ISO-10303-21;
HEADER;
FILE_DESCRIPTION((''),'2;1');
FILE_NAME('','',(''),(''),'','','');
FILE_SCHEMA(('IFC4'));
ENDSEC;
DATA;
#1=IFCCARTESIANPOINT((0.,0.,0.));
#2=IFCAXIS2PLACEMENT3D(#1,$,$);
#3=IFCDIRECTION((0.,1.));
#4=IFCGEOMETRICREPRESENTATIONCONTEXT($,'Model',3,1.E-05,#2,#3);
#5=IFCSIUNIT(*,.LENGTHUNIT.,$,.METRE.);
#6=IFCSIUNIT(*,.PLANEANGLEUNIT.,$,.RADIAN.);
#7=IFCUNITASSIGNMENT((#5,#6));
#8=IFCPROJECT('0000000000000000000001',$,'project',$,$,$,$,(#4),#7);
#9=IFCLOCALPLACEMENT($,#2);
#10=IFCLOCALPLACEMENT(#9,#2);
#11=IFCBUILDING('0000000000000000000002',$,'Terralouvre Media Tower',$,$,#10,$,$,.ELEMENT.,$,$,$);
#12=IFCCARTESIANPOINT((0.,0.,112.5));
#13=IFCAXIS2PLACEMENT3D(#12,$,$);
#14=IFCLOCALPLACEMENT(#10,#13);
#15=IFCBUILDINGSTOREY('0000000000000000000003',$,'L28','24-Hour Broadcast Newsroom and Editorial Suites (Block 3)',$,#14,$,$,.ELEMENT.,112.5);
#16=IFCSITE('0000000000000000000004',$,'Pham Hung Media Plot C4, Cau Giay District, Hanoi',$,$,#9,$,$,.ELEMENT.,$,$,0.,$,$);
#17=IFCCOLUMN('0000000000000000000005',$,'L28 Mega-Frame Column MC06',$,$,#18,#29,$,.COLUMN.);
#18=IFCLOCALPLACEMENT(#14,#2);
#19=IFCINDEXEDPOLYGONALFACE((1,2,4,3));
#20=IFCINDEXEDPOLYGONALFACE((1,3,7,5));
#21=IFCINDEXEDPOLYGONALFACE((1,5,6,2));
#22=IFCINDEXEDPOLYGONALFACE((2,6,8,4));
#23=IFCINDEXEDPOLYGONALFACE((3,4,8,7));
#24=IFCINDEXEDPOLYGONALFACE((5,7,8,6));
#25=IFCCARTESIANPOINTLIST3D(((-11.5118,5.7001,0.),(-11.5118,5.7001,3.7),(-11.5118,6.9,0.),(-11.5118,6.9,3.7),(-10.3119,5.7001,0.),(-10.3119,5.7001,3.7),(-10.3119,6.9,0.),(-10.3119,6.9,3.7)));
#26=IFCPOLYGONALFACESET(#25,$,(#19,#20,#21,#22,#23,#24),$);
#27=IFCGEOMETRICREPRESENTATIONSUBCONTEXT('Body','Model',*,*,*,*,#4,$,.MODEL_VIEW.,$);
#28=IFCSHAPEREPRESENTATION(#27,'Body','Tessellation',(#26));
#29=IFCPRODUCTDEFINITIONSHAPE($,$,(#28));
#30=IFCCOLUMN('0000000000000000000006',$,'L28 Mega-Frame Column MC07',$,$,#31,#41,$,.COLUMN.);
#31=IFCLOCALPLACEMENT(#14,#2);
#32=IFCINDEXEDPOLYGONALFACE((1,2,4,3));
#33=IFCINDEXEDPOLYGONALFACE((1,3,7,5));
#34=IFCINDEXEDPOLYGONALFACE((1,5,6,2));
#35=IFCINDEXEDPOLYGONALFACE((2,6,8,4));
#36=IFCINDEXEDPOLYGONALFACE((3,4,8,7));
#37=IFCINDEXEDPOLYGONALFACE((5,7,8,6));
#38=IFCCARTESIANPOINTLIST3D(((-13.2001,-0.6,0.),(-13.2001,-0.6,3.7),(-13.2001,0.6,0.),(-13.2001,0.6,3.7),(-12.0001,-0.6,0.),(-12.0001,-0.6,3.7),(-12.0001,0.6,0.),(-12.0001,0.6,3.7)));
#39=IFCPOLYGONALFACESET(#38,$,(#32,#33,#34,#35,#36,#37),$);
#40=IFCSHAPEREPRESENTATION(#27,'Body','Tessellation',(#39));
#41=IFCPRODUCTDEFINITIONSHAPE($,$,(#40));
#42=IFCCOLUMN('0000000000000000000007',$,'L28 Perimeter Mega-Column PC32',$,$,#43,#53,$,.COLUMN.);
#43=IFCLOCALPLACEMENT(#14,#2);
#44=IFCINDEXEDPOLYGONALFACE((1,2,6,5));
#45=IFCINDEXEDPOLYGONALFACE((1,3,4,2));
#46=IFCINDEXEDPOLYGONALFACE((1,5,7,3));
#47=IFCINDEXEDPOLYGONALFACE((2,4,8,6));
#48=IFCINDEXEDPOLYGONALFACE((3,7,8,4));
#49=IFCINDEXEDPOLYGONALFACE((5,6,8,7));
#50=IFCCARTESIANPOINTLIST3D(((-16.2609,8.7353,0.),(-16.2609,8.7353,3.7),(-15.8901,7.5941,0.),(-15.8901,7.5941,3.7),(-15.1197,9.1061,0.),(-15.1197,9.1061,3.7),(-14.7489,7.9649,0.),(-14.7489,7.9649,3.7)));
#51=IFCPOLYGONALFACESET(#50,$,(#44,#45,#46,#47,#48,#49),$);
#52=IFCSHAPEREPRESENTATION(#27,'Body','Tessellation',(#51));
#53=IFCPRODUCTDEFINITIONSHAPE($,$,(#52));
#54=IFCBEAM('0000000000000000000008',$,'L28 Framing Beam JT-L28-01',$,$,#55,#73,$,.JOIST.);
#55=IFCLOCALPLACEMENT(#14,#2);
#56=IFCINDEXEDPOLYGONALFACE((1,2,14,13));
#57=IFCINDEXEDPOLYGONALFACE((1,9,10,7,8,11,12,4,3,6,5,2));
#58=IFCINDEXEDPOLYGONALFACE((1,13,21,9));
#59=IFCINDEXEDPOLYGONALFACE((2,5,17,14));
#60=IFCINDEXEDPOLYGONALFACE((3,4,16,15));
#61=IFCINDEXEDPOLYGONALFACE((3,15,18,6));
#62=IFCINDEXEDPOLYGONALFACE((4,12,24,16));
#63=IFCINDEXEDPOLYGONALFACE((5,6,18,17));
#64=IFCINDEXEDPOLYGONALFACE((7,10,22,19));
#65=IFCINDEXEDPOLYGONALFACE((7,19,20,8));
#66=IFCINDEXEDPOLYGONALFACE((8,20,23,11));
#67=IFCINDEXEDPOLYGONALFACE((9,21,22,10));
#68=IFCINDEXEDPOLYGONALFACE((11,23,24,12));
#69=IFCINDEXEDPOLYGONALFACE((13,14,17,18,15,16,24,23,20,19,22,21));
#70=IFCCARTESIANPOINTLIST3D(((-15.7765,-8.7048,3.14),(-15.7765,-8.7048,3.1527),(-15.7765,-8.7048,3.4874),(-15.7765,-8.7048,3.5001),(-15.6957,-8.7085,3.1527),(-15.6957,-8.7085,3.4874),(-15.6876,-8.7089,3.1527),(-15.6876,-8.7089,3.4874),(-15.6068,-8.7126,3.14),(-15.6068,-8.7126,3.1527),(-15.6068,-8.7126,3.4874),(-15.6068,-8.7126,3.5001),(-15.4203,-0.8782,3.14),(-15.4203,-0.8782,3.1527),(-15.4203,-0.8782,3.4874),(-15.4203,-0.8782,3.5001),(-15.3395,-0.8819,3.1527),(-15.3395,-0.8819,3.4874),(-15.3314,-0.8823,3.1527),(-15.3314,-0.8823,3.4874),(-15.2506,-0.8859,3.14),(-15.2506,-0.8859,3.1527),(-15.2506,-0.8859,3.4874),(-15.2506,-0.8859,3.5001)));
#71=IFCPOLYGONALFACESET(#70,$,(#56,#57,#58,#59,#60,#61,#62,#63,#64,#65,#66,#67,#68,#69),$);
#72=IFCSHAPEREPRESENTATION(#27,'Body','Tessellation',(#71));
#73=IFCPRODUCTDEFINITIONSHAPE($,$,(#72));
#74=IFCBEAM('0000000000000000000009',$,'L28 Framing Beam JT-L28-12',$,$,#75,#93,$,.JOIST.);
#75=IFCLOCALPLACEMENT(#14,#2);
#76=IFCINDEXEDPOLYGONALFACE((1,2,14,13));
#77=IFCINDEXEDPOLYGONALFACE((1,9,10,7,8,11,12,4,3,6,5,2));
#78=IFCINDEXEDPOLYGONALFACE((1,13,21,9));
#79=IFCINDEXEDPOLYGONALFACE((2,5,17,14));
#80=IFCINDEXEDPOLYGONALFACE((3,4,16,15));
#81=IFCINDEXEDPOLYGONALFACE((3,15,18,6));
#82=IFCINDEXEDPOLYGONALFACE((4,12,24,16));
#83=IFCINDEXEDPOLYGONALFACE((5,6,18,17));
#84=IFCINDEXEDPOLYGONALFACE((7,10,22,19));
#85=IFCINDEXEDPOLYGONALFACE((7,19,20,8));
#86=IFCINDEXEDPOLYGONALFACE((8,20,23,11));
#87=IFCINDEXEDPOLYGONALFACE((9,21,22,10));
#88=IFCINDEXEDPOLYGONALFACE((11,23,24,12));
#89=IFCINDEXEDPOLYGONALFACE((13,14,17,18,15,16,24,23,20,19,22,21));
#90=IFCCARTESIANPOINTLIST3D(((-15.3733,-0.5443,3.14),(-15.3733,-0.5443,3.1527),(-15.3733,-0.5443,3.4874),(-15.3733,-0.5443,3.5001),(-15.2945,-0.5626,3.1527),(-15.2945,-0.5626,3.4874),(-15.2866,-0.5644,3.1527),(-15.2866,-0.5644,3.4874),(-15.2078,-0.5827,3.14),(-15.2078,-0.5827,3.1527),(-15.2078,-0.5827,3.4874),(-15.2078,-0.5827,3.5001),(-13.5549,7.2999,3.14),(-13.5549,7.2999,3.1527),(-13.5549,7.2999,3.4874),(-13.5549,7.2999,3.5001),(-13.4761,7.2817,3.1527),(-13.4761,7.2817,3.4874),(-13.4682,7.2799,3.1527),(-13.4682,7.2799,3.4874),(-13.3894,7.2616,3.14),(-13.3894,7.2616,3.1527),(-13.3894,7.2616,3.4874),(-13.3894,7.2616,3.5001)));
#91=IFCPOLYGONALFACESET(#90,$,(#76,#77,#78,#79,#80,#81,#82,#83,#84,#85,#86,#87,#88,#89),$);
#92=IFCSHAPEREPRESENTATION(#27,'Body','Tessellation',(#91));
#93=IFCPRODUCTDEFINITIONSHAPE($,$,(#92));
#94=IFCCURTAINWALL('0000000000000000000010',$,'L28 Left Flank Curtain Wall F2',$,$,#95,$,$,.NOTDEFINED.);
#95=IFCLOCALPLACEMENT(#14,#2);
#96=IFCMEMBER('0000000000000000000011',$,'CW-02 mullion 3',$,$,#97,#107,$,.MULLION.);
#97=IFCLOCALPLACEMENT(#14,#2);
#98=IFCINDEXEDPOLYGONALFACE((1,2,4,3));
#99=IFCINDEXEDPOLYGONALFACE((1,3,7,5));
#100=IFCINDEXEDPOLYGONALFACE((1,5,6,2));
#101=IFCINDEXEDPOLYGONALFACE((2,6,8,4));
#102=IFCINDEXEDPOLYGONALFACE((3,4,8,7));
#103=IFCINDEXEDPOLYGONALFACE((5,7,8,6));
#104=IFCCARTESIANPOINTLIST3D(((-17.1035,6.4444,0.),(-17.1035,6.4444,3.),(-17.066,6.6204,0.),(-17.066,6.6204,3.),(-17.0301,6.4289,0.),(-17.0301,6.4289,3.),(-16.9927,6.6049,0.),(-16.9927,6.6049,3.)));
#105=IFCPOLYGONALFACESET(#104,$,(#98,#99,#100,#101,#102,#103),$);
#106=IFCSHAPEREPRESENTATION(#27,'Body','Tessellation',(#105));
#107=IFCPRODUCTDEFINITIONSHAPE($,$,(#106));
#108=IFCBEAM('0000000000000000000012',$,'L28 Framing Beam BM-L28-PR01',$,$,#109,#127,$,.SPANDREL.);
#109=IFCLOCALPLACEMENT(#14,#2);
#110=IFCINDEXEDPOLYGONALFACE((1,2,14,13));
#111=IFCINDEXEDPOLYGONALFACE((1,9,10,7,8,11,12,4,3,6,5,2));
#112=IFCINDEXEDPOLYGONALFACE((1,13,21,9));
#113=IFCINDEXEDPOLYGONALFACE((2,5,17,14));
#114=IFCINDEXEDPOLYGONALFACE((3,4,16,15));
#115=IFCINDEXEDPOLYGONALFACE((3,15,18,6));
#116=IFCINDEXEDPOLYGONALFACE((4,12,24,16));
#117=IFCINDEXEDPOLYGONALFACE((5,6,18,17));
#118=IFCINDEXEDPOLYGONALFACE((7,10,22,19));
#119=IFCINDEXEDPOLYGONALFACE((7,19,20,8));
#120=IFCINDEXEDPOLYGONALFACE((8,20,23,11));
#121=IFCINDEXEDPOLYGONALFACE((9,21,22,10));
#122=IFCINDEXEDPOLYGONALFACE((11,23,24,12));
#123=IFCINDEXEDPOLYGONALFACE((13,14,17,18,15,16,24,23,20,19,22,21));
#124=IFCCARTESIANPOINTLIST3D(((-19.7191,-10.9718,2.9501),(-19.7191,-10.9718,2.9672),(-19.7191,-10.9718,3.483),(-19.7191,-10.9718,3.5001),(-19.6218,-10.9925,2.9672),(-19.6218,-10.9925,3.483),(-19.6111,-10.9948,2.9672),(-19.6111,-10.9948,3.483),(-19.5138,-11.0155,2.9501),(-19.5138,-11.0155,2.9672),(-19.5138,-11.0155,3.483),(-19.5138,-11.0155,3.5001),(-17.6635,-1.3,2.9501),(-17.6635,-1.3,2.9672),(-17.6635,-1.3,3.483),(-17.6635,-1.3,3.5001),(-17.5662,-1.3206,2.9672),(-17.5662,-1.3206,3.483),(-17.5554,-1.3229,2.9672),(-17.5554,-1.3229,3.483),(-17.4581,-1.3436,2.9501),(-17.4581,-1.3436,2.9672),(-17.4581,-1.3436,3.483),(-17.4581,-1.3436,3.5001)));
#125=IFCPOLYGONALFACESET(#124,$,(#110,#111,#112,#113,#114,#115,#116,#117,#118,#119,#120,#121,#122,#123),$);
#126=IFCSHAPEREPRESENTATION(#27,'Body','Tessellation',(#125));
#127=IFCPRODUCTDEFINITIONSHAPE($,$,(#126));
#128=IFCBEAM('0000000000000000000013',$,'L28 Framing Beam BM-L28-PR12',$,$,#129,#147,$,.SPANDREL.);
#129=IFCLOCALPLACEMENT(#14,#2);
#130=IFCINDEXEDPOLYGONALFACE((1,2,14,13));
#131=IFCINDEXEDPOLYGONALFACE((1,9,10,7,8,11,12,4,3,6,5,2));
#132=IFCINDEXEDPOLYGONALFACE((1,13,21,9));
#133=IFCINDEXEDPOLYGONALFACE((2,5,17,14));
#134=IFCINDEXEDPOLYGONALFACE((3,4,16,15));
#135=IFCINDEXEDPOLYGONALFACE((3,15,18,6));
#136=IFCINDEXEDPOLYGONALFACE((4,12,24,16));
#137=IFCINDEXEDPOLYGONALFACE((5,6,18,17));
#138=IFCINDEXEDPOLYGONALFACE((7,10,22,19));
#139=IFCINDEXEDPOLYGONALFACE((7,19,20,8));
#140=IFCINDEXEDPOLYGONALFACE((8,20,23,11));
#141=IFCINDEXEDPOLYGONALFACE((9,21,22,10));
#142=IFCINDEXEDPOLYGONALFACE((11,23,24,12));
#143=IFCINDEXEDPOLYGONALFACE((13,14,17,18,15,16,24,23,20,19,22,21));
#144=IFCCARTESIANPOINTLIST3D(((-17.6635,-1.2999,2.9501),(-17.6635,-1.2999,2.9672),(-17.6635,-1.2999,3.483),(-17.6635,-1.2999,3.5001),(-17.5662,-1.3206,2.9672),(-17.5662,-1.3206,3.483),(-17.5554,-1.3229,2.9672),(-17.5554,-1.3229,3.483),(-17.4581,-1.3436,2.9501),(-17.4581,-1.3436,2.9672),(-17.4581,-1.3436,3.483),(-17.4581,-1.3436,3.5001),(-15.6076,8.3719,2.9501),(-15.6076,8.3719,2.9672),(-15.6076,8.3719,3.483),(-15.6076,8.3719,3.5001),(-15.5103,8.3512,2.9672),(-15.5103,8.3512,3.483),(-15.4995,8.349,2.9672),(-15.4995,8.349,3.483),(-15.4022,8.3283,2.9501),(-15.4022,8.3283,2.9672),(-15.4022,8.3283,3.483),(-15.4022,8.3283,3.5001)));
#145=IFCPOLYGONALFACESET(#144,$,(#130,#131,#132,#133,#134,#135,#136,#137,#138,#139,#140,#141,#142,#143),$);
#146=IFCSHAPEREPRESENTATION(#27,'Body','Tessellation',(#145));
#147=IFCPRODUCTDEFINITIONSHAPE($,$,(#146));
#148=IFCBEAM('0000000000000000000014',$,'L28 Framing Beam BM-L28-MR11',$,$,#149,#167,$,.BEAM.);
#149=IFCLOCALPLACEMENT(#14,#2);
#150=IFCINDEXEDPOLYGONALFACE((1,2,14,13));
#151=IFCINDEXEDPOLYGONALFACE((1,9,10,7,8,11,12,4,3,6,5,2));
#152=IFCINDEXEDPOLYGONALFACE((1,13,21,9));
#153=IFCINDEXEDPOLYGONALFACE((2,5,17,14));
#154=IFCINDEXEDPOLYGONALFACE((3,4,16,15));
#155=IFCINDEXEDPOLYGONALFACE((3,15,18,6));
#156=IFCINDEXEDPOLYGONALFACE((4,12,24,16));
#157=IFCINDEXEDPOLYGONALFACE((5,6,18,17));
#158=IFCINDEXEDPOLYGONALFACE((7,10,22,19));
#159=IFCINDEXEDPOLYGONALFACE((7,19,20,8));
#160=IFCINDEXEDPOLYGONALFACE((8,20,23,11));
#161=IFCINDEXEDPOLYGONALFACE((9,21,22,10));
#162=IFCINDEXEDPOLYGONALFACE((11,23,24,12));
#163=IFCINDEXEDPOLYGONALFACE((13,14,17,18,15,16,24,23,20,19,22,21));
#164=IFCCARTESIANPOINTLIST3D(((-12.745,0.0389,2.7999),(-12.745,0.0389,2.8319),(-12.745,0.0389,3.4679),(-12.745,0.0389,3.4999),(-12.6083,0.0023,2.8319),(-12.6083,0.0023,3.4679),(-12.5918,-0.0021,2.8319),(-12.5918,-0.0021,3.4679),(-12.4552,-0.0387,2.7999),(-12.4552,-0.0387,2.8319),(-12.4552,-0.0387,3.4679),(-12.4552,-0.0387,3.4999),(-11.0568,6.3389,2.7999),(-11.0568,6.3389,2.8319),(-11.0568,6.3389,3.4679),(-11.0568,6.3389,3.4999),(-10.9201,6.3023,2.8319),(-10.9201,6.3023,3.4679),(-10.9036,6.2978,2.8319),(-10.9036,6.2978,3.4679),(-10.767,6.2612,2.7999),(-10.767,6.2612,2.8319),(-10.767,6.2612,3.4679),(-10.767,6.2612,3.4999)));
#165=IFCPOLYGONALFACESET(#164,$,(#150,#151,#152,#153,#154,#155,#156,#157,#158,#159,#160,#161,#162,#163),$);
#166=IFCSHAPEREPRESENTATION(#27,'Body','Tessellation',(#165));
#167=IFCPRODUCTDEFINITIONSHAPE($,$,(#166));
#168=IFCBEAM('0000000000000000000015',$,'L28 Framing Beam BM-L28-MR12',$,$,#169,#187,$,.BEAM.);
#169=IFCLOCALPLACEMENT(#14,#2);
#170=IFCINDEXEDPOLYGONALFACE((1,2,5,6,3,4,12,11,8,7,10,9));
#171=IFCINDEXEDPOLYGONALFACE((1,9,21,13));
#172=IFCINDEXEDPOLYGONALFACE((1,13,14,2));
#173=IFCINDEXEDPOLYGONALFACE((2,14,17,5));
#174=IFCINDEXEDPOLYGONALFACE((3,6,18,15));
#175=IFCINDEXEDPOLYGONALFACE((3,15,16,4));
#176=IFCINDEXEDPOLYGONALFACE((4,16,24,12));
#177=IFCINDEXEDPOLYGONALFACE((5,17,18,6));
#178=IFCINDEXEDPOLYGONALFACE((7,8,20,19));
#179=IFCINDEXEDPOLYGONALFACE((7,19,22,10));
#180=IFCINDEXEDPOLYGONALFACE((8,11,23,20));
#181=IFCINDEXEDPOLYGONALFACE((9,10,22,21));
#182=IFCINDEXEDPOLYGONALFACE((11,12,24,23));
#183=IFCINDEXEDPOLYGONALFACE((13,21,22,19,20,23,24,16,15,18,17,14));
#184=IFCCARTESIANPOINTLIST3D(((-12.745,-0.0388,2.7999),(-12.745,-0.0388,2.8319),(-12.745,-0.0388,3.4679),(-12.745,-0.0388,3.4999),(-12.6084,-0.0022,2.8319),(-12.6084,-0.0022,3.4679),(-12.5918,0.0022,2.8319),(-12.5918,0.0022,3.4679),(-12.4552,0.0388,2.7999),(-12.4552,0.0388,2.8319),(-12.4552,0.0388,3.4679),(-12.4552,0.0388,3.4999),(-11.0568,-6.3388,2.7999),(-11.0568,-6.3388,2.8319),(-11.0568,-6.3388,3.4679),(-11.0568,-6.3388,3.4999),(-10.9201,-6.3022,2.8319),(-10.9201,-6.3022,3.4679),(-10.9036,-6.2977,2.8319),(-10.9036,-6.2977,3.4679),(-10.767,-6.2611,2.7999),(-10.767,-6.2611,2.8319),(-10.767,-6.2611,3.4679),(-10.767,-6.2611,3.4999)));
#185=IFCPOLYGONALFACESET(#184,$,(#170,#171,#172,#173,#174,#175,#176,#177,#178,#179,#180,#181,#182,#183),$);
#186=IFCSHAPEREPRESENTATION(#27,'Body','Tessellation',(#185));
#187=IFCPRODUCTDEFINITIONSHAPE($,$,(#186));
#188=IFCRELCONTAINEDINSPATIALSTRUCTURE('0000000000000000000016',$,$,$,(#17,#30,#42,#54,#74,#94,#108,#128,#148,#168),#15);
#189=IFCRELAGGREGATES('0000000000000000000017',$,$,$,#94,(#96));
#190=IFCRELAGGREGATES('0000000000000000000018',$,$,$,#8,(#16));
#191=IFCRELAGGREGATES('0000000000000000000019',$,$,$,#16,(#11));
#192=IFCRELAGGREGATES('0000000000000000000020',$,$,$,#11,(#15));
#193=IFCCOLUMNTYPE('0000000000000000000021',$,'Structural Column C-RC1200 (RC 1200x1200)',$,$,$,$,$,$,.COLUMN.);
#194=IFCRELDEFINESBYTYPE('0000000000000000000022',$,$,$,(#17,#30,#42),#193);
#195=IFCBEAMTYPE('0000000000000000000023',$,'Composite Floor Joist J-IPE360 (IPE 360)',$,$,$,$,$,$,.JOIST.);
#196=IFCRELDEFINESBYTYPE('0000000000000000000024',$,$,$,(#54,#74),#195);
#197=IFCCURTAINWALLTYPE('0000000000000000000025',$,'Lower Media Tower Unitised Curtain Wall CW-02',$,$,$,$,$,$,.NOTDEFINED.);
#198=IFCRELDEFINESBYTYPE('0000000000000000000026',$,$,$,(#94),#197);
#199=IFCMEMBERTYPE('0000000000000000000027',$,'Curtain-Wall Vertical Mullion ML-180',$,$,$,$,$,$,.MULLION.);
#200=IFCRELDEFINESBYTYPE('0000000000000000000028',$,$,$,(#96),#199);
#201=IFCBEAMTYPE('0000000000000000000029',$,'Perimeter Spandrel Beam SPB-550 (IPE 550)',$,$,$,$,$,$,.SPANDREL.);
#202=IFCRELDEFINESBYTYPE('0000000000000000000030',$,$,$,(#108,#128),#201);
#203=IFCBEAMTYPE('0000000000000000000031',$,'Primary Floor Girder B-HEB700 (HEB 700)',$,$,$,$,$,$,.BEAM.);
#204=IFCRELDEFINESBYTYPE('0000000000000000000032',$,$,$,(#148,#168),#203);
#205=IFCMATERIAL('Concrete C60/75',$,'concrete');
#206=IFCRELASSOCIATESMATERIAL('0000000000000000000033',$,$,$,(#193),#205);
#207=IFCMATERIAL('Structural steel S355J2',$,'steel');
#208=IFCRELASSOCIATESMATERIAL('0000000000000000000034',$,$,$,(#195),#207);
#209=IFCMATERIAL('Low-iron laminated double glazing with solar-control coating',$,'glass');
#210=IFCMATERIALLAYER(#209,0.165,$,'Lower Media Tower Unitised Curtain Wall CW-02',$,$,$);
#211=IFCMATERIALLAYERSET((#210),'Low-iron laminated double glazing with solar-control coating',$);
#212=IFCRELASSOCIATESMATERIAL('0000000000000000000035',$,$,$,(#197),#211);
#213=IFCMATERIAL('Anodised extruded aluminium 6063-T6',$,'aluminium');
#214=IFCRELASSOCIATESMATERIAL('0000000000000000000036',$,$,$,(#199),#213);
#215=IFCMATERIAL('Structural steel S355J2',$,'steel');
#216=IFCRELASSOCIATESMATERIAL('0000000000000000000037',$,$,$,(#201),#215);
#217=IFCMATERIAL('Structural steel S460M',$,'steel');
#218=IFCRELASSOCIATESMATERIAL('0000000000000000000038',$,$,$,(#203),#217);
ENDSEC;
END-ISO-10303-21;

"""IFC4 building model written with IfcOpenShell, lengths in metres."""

from ifc_helpers import new_model, si_unit, direction, frame, origin, origin_2d, place, context, subcontext, project, spatial, rectangle, i_section, extrude, material, layer, layer_set, material_profile, profile_set, type_object, element, aggregate, save


model = new_model("IFC4")

# Units and contexts
model_context = context("Model", 3, precision=1e-05, world=origin(), true_north=direction((0.0, 1.0)))
body_context = subcontext(model_context, "Body", "Model", "MODEL_VIEW")
ifc_project = project(units=[si_unit("LENGTHUNIT", "METRE"), si_unit("PLANEANGLEUNIT", "RADIAN")], contexts=[model_context])

# Site, building, storey
site_placement = place(None, origin())
site = spatial("IfcSite", under=ifc_project, at=site_placement, Name="Pham Hung Media Plot C4, Cau Giay District, Hanoi", CompositionType="ELEMENT", RefElevation=0.0)
building_placement = place(site_placement, origin())
building = spatial("IfcBuilding", under=site, at=building_placement, Name="Terralouvre Media Tower", CompositionType="ELEMENT")
storey_placement = place(building_placement, frame((0.0, 0.0, 112.5)))
storey = spatial("IfcBuildingStorey", under=building, at=storey_placement, Name="L28", Description="24-Hour Broadcast Newsroom and Editorial Suites (Block 3)", CompositionType="ELEMENT", Elevation=112.5)

# Columns
ifc_material_1 = material(Name="Concrete C60/75", Category="concrete")
ifc_material_profile_1 = material_profile(ifc_material_1, rectangle(XDim=1.2, YDim=1.2, at=origin_2d()), Name="RC 1200x1200")
ifc_profile_set_1 = profile_set([ifc_material_profile_1], Name="Concrete C60/75")
column_type = type_object("IfcColumnType", Name="Structural Column C-RC1200 (RC 1200x1200)", PredefinedType="COLUMN", material=ifc_profile_set_1)
for number, where, z_axis, x_axis, name in (
    (1, (-10.9119, 6.3, 0.0), (0.0, 0.0, 1.0), (1.0, 0.0, 0.0), "L28 Mega-Frame Column MC06"),
    (2, (-12.6001, 0.0, 0.0), (0.0, 0.0, 1.0), (1.0, 0.0, 0.0), "L28 Mega-Frame Column MC07"),
    (3, (-15.5049, 8.3501, 0.0), (0.0, 0.0, 1.0), (0.951057, 0.309017, 0.0), "L28 Perimeter Mega-Column PC32"),
):
    element("IfcColumn", number, at=place(storey_placement, frame(where, z_axis=z_axis, x_axis=x_axis)), inside=storey, type_object=column_type, Name=name, PredefinedType="COLUMN", context=body_context, shape_type="SweptSolid", body=[
        extrude(rectangle(XDim=1.2, YDim=1.2, at=origin_2d()), origin(), (0.0, 0.0, 1.0), 3.7),
    ])

# Beams
ifc_material_2 = material(Name="Structural steel S355J2", Category="steel")
ifc_material_profile_2 = material_profile(ifc_material_2, i_section(OverallWidth=0.1699, OverallDepth=0.3601, WebThickness=0.0081, FlangeThickness=0.0127, at=origin_2d()), Name="IPE 360")
ifc_profile_set_2 = profile_set([ifc_material_profile_2], Name="Structural steel S355J2")
beam_type_1 = type_object("IfcBeamType", Name="Composite Floor Joist J-IPE360 (IPE 360)", PredefinedType="JOIST", material=ifc_profile_set_2)
beam_1_placement = place(storey_placement, frame((-15.3354, -0.8821, 3.3201), z_axis=(-0.045464, -0.998966, 0.0), x_axis=(0.998966, -0.045464, 0.0)))
element("IfcBeam", 4, at=beam_1_placement, inside=storey, type_object=beam_type_1, Name="L28 Framing Beam JT-L28-01", PredefinedType="JOIST", context=body_context, shape_type="SweptSolid", body=[
    extrude(i_section(OverallWidth=0.1699, OverallDepth=0.3601, WebThickness=0.0081, FlangeThickness=0.0127, at=origin_2d()), origin(), (0.0, 0.0, 1.0), 7.8347),
])
beam_2_placement = place(storey_placement, frame((-13.4722, 7.2808, 3.3201), z_axis=(-0.22582, -0.974169, 0.0), x_axis=(0.974169, -0.22582, 0.0)))
element("IfcBeam", 5, at=beam_2_placement, inside=storey, type_object=beam_type_1, Name="L28 Framing Beam JT-L28-12", PredefinedType="JOIST", context=body_context, shape_type="SweptSolid", body=[
    extrude(i_section(OverallWidth=0.1699, OverallDepth=0.3601, WebThickness=0.0081, FlangeThickness=0.0127, at=origin_2d()), origin(), (0.0, 0.0, 1.0), 8.0522),
])

# Curtain wall, member
ifc_material_3 = material(Name="Low-iron laminated double glazing with solar-control coating", Category="glass")
ifc_layer_1 = layer(ifc_material_3, 0.165, Name="Lower Media Tower Unitised Curtain Wall CW-02")
ifc_layer_set_1 = layer_set([ifc_layer_1], Name="Low-iron laminated double glazing with solar-control coating")
curtain_wall_type = type_object("IfcCurtainWallType", Name="Lower Media Tower Unitised Curtain Wall CW-02", PredefinedType="NOTDEFINED", material=ifc_layer_set_1)
curtain_wall_placement = place(storey_placement, origin())
curtain_wall = element("IfcCurtainWall", 6, at=curtain_wall_placement, inside=storey, type_object=curtain_wall_type, Name="L28 Left Flank Curtain Wall F2", PredefinedType="NOTDEFINED")
ifc_material_4 = material(Name="Anodised extruded aluminium 6063-T6", Category="aluminium")
ifc_material_profile_3 = material_profile(ifc_material_4, rectangle(XDim=0.075, YDim=0.1799, at=origin_2d()), Name="ALU 75x180")
ifc_profile_set_3 = profile_set([ifc_material_profile_3], Name="Anodised extruded aluminium 6063-T6")
member_type = type_object("IfcMemberType", Name="Curtain-Wall Vertical Mullion ML-180", PredefinedType="MULLION", material=ifc_profile_set_3)
member_placement = place(storey_placement, frame((-17.0481, 6.5247, 0.0), z_axis=(0.0, 0.0, 1.0), x_axis=(0.978148, -0.207912, 0.0)))
member = element("IfcMember", 7, at=member_placement, type_object=member_type, Name="CW-02 mullion 3", PredefinedType="MULLION", context=body_context, shape_type="SweptSolid", body=[
    extrude(rectangle(XDim=0.075, YDim=0.1799, at=origin_2d()), origin(), (0.0, 0.0, 1.0), 3.0),
])
aggregate(curtain_wall, [member])

# Beams
ifc_material_5 = material(Name="Structural steel S355J2", Category="steel")
ifc_material_profile_4 = material_profile(ifc_material_5, i_section(OverallWidth=0.21, OverallDepth=0.55, WebThickness=0.011, FlangeThickness=0.0171, at=origin_2d()), Name="IPE 550")
ifc_profile_set_4 = profile_set([ifc_material_profile_4], Name="Structural steel S355J2")
beam_type_2 = type_object("IfcBeamType", Name="Perimeter Spandrel Beam SPB-550 (IPE 550)", PredefinedType="SPANDREL", material=ifc_profile_set_4)
for number, where, z_axis, x_axis, name in (
    (8, (-17.5608, -1.3218, 3.2251), (-0.207897, -0.978151, 0.0), (0.978151, -0.207897, 0.0), "L28 Framing Beam BM-L28-PR01"),
    (9, (-15.5049, 8.3501, 3.2251), (-0.20792, -0.978146, 0.0), (0.978146, -0.20792, 0.0), "L28 Framing Beam BM-L28-PR12"),
):
    element("IfcBeam", number, at=place(storey_placement, frame(where, z_axis=z_axis, x_axis=x_axis)), inside=storey, type_object=beam_type_2, Name=name, PredefinedType="SPANDREL", context=body_context, shape_type="SweptSolid", body=[
        extrude(i_section(OverallWidth=0.21, OverallDepth=0.55, WebThickness=0.011, FlangeThickness=0.0171, at=origin_2d()), origin(), (0.0, 0.0, 1.0), 9.8879),
    ])
ifc_material_6 = material(Name="Structural steel S460M", Category="steel")
ifc_material_profile_5 = material_profile(ifc_material_6, i_section(OverallWidth=0.3, OverallDepth=0.7, WebThickness=0.0171, FlangeThickness=0.032, at=origin_2d()), Name="HEB 700")
ifc_profile_set_5 = profile_set([ifc_material_profile_5], Name="Structural steel S460M")
beam_type_3 = type_object("IfcBeamType", Name="Primary Floor Girder B-HEB700 (HEB 700)", PredefinedType="BEAM", material=ifc_profile_set_5)
for number, where, z_axis, x_axis, name in (
    (10, (-10.9119, 6.3, 3.1499), (-0.258839, -0.96592, 0.0), (0.96592, -0.258839, 0.0), "L28 Framing Beam BM-L28-MR11"),
    (11, (-12.6001, 0.0, 3.1499), (0.258839, -0.96592, 0.0), (0.96592, 0.258839, 0.0), "L28 Framing Beam BM-L28-MR12"),
):
    element("IfcBeam", number, at=place(storey_placement, frame(where, z_axis=z_axis, x_axis=x_axis)), inside=storey, type_object=beam_type_3, Name=name, PredefinedType="BEAM", context=body_context, shape_type="SweptSolid", body=[
        extrude(i_section(OverallWidth=0.3, OverallDepth=0.7, WebThickness=0.0171, FlangeThickness=0.032, at=origin_2d()), origin(), (0.0, 0.0, 1.0), 6.5222),
    ])

save(model, "model.ifc")
